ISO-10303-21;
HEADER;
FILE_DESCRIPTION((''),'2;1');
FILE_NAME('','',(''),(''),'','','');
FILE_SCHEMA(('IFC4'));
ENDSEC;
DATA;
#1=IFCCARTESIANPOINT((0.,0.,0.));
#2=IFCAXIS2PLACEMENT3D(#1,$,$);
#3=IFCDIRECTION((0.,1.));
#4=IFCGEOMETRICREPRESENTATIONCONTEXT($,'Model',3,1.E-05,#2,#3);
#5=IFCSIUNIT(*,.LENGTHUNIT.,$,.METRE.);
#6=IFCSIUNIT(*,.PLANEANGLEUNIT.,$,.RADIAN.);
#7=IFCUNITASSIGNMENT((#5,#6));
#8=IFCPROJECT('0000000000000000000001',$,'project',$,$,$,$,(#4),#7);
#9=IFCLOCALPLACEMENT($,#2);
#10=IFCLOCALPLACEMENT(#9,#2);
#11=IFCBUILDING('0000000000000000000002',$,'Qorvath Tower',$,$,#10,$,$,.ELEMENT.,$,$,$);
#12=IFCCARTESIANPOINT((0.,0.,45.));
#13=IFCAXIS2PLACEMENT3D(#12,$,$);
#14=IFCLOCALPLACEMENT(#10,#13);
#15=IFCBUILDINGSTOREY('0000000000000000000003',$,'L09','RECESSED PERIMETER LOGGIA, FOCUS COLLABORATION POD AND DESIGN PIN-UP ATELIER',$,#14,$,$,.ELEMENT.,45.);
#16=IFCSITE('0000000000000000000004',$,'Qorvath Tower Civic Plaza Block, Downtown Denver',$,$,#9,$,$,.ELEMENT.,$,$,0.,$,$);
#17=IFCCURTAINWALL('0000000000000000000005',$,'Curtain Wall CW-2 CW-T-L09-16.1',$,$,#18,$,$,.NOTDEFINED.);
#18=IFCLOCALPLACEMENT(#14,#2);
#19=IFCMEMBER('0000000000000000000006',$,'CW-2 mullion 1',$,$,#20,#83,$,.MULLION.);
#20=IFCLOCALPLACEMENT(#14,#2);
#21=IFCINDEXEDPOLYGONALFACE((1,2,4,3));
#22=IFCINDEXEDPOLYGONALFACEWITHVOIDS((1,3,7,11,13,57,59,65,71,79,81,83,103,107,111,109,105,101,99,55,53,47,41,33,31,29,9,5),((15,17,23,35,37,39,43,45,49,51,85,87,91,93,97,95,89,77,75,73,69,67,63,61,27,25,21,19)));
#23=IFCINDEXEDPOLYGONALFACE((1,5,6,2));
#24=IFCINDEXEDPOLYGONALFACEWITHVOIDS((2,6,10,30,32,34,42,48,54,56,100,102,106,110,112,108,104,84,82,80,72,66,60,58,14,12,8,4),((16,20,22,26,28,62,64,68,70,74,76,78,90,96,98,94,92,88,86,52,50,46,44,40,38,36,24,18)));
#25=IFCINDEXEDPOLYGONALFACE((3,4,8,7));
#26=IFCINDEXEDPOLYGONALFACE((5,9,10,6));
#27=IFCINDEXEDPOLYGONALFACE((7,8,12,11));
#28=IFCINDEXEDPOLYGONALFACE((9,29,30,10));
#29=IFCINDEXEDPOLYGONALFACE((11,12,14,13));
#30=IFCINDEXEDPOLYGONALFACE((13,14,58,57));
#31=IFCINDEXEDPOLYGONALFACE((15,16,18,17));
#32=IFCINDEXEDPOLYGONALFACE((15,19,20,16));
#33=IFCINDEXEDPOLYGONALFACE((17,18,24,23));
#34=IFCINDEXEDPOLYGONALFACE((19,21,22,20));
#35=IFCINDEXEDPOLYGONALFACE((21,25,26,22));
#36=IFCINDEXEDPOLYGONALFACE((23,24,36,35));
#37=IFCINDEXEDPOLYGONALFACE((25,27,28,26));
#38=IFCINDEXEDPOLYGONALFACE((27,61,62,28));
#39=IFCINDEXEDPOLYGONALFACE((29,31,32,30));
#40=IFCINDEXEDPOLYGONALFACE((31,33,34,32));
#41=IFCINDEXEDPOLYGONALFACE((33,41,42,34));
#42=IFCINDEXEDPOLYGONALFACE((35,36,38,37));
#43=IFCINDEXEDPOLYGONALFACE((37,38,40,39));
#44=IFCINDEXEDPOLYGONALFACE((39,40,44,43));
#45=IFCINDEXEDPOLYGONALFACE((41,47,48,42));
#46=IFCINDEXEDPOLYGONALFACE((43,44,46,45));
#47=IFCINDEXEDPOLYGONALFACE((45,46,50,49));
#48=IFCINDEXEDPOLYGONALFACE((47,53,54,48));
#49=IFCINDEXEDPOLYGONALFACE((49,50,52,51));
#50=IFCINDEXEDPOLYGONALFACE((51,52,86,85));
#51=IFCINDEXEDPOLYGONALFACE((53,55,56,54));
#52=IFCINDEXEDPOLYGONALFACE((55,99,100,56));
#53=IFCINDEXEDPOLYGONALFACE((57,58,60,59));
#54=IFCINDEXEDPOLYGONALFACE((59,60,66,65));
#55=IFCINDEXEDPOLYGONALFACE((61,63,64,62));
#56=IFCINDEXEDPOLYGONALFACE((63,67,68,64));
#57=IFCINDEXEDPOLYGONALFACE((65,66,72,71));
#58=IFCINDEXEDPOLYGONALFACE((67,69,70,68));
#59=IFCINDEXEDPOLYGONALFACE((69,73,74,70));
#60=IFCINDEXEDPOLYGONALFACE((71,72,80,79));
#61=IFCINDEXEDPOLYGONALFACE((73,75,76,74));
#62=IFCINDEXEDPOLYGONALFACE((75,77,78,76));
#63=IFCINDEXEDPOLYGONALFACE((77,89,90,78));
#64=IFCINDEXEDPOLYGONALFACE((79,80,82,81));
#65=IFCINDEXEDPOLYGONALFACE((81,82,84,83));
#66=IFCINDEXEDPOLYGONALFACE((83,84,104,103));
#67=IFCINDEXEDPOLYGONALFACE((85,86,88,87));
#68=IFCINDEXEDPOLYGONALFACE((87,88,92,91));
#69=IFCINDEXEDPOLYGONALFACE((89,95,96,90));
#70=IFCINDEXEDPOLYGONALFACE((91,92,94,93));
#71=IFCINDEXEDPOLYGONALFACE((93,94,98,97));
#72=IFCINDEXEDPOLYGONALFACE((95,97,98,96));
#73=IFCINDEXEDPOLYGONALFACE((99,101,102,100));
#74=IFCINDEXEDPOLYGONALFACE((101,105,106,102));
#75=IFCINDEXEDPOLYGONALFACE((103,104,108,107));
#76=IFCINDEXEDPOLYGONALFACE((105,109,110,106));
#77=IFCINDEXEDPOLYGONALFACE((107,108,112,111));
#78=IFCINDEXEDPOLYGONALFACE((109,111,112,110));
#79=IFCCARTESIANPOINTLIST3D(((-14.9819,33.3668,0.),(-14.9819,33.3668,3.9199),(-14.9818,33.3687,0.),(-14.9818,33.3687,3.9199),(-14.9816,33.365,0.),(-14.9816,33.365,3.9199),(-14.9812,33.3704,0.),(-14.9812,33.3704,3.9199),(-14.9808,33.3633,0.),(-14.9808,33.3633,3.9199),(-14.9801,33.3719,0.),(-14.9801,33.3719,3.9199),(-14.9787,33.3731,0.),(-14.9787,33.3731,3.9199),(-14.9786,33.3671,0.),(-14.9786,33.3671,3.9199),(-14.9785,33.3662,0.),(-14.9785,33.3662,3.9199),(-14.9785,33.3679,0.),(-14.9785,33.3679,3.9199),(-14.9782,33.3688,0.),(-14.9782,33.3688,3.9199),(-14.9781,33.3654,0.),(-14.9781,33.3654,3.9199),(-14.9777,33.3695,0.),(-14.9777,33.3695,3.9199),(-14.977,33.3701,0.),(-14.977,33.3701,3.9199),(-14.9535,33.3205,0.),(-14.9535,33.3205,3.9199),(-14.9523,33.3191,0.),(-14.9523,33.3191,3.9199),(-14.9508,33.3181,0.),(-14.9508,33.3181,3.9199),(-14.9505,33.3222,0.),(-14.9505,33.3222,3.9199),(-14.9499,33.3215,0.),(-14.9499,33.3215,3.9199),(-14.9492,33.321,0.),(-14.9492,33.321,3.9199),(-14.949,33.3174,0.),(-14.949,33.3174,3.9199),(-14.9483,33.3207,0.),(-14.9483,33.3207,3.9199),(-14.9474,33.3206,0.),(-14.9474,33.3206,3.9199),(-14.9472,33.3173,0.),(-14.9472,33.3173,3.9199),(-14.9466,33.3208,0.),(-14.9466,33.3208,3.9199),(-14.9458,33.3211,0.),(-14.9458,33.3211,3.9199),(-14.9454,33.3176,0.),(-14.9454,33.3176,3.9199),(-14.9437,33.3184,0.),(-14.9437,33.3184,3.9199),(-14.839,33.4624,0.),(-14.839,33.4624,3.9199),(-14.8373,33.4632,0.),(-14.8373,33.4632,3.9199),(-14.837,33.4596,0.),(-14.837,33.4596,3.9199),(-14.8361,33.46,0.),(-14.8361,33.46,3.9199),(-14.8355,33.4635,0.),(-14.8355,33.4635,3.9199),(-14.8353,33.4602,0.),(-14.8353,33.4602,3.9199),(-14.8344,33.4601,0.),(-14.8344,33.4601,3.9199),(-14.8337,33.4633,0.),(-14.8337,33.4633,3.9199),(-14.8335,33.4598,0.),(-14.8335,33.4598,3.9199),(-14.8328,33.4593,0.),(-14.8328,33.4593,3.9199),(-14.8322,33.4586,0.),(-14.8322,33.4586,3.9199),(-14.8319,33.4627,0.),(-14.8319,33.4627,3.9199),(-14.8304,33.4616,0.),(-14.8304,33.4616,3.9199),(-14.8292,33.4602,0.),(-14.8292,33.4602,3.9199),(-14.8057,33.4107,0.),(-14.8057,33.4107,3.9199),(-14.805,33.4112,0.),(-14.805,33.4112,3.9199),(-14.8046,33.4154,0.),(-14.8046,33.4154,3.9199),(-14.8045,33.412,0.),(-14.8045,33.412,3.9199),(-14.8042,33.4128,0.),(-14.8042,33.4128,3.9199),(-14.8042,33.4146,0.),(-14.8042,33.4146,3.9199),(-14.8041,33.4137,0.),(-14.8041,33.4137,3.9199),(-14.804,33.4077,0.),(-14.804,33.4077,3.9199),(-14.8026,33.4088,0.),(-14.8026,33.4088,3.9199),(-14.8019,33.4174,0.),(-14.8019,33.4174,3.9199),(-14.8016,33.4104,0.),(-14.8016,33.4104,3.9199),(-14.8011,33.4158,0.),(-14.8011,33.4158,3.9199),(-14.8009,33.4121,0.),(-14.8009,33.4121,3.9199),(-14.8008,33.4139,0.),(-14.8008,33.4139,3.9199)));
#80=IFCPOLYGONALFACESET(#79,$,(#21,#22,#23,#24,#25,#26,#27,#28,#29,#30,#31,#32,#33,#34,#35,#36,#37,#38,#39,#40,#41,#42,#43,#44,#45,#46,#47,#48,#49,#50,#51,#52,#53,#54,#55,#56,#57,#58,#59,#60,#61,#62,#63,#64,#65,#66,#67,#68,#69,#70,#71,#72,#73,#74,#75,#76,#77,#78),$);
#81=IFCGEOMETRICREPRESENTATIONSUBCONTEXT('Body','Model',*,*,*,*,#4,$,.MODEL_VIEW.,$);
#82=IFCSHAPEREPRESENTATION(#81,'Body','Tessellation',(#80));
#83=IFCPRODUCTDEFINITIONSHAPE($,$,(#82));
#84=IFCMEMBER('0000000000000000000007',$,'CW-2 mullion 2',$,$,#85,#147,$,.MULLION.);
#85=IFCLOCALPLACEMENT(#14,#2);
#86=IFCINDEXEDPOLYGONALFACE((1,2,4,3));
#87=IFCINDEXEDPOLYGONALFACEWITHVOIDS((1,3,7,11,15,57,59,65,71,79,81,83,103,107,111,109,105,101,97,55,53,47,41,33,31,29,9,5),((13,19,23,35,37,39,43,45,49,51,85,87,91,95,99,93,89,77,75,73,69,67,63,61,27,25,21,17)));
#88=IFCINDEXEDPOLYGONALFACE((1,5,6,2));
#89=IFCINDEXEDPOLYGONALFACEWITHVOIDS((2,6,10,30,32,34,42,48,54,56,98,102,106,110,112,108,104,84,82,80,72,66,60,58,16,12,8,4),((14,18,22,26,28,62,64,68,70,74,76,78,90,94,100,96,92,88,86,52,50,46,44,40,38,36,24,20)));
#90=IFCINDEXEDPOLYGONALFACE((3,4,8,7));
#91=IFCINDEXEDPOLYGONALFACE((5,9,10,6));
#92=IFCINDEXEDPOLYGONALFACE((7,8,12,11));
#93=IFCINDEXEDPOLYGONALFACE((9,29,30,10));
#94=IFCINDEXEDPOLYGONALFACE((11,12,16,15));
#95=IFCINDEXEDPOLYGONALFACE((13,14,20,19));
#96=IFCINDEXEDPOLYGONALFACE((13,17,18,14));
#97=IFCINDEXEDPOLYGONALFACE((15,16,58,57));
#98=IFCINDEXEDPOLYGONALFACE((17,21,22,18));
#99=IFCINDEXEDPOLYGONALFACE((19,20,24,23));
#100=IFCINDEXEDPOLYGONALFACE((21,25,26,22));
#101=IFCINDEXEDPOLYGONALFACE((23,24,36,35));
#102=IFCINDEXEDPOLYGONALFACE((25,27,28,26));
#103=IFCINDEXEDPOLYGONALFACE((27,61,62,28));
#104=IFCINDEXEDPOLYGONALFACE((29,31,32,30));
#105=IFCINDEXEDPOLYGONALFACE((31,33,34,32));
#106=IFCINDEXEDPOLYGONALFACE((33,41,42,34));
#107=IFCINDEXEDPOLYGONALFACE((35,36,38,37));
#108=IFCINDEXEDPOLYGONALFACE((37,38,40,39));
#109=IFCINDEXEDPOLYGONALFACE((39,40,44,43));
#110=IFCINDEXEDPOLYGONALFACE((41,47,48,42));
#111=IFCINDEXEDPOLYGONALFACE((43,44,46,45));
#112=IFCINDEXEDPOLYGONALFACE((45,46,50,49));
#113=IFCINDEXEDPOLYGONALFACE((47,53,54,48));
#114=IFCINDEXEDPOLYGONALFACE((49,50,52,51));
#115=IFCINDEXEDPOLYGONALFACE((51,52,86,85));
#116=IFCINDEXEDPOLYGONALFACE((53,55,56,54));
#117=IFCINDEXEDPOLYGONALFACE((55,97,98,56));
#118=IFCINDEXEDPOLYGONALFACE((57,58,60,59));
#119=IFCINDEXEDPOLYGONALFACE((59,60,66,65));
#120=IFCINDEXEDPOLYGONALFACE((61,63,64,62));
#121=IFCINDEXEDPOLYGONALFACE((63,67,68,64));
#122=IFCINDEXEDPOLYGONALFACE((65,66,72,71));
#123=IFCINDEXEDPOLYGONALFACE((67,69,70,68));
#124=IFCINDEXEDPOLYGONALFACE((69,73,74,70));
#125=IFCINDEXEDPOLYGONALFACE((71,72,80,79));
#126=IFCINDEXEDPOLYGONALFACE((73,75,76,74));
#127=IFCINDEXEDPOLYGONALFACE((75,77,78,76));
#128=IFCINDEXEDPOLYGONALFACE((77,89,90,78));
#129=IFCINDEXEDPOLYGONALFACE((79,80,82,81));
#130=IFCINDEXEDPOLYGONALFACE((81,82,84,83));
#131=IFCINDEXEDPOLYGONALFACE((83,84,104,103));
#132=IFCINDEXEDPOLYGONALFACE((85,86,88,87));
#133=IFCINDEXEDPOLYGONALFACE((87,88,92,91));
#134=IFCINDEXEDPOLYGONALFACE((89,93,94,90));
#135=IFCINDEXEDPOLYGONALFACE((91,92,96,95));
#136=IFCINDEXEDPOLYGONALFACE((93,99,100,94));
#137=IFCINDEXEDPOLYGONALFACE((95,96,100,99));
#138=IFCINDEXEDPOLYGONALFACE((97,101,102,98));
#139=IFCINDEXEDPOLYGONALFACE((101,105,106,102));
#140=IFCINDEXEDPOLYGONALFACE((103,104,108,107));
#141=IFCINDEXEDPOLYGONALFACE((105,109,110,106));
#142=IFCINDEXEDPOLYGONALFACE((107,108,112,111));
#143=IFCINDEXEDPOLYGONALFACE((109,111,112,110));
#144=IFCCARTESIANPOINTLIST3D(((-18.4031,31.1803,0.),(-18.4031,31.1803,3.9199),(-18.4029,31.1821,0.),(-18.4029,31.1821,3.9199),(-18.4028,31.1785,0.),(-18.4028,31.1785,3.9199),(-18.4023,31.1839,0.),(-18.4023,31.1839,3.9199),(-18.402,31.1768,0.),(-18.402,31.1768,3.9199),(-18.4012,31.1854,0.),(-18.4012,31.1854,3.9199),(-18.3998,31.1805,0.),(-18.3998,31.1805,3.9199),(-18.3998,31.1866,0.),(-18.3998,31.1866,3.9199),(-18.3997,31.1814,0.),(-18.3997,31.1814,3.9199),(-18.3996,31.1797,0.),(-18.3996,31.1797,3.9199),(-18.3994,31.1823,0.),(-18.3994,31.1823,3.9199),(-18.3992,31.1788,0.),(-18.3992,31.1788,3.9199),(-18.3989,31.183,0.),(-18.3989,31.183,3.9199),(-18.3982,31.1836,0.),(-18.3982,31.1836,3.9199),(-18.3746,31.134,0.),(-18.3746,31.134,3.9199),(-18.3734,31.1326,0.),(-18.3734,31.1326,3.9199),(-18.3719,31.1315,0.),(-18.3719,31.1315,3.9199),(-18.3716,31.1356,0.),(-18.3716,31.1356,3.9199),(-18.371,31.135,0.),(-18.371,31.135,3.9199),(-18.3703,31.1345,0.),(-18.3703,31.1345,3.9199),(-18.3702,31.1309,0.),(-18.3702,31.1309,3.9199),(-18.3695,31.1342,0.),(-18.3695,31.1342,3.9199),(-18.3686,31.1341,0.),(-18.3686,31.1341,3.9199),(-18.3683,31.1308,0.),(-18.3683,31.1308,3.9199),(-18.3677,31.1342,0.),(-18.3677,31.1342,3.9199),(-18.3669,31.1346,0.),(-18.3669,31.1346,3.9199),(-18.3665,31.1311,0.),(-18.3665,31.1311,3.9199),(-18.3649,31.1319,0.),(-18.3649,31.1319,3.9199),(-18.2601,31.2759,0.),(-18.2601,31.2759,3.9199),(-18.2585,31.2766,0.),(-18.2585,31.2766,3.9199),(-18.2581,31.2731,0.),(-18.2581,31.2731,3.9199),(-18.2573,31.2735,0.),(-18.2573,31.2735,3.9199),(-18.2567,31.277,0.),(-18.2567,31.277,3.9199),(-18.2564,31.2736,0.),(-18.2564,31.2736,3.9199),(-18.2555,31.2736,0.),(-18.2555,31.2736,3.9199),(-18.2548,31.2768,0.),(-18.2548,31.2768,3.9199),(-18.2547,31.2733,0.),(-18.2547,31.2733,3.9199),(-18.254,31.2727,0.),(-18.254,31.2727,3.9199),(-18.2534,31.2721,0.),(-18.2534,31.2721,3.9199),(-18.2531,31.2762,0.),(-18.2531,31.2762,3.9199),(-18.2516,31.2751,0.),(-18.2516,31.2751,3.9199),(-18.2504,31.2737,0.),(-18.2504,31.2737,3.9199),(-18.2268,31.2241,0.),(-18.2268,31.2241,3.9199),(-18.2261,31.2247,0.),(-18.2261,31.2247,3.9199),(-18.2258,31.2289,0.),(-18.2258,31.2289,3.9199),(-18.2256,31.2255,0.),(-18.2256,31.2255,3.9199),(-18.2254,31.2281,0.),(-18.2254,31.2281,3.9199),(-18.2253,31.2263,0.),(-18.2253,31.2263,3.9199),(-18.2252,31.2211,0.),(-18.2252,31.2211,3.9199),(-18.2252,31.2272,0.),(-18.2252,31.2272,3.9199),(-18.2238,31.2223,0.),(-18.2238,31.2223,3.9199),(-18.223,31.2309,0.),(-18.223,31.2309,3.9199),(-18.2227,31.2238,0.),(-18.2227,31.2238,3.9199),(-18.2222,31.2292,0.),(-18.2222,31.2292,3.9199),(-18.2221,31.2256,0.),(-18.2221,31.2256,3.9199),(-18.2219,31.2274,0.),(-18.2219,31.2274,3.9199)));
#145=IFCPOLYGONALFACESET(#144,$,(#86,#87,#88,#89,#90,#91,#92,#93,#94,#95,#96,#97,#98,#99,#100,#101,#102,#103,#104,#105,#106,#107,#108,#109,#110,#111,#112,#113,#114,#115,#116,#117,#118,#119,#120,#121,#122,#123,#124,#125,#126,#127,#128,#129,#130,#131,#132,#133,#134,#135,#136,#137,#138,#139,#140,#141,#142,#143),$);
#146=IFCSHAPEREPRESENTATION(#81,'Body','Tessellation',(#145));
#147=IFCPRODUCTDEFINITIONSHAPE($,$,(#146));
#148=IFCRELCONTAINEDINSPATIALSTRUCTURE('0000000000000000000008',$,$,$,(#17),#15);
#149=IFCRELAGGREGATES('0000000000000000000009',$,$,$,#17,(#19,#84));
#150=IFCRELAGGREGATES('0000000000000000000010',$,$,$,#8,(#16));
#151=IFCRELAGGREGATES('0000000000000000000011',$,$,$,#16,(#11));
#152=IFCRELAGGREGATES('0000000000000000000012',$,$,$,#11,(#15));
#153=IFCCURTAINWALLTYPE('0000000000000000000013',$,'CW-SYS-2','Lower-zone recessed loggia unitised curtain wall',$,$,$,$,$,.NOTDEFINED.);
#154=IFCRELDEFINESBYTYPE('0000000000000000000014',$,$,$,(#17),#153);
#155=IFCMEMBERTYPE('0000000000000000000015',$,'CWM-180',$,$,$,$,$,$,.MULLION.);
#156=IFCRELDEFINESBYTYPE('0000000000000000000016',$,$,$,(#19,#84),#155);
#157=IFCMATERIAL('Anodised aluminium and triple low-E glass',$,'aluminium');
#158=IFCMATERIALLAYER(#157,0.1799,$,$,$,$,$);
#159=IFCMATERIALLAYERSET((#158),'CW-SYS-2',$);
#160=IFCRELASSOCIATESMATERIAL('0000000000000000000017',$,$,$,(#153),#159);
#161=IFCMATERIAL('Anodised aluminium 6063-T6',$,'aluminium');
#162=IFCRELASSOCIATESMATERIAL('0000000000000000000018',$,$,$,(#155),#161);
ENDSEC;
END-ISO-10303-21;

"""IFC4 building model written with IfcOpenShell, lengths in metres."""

from ifc_helpers import new_model, si_unit, direction, frame, origin, origin_2d, place, context, subcontext, project, spatial, hollow_rectangle, extrude, material, layer, layer_set, material_profile, profile_set, type_object, element, aggregate, save


model = new_model("IFC4")

# Units and contexts
model_context = context("Model", 3, precision=1e-05, world=origin(), true_north=direction((0.0, 1.0)))
body_context = subcontext(model_context, "Body", "Model", "MODEL_VIEW")
ifc_project = project(units=[si_unit("LENGTHUNIT", "METRE"), si_unit("PLANEANGLEUNIT", "RADIAN")], contexts=[model_context])

# Site, building, storey
site_placement = place(None, origin())
site = spatial("IfcSite", under=ifc_project, at=site_placement, Name="Qorvath Tower Civic Plaza Block, Downtown Denver", CompositionType="ELEMENT", RefElevation=0.0)
building_placement = place(site_placement, origin())
building = spatial("IfcBuilding", under=site, at=building_placement, Name="Qorvath Tower", CompositionType="ELEMENT")
storey_placement = place(building_placement, frame((0.0, 0.0, 45.0)))
storey = spatial("IfcBuildingStorey", under=building, at=storey_placement, Name="L09", Description="RECESSED PERIMETER LOGGIA, FOCUS COLLABORATION POD AND DESIGN PIN-UP ATELIER", CompositionType="ELEMENT", Elevation=45.0)

# Shared definitions
ifc_material_1 = material(Name="Anodised aluminium and triple low-E glass", Category="aluminium")
ifc_layer_1 = layer(ifc_material_1, 0.1799)
ifc_layer_set_1 = layer_set([ifc_layer_1], Name="CW-SYS-2")
curtain_wall_type = type_object("IfcCurtainWallType", Name="CW-SYS-2", Description="Lower-zone recessed loggia unitised curtain wall", PredefinedType="NOTDEFINED", material=ifc_layer_set_1)
ifc_material_2 = material(Name="Anodised aluminium 6063-T6", Category="aluminium")
ifc_material_profile_1 = material_profile(ifc_material_2, hollow_rectangle(XDim=0.0649, YDim=0.1799, WallThickness=0.0034, InnerFilletRadius=0.0034, OuterFilletRadius=0.0071, at=origin_2d()), Name="CWM 180x65")
ifc_profile_set_1 = profile_set([ifc_material_profile_1], Name="Anodised aluminium 6063-T6")
member_type_1 = type_object("IfcMemberType", Name="CWM-180", PredefinedType="MULLION", material=ifc_profile_set_1)

# Curtain wall, members
curtain_wall_1_placement = place(storey_placement, origin())
curtain_wall_1 = element("IfcCurtainWall", 1, at=curtain_wall_1_placement, inside=storey, type_object=curtain_wall_type, Name="Curtain Wall CW-2 CW-T-L09-16.1", PredefinedType="NOTDEFINED")
member_1_placement = place(storey_placement, frame((-14.8914, 33.3904, 0.0), z_axis=(0.0, 0.0, 1.0), x_axis=(0.538533, -0.842604, 0.0)))
member_1 = element("IfcMember", 2, at=member_1_placement, type_object=member_type_1, Name="CW-2 mullion 1", PredefinedType="MULLION", context=body_context, shape_type="SweptSolid", body=[
    extrude(hollow_rectangle(XDim=0.0649, YDim=0.1799, WallThickness=0.0034, InnerFilletRadius=0.0034, OuterFilletRadius=0.0071, at=origin_2d()), origin(), (0.0, 0.0, 1.0), 3.9199),
])
member_2_placement = place(storey_placement, frame((-18.3125, 31.2039, 0.0), z_axis=(0.0, 0.0, 1.0), x_axis=(0.538533, -0.842604, 0.0)))
member_2 = element("IfcMember", 3, at=member_2_placement, type_object=member_type_1, Name="CW-2 mullion 2", PredefinedType="MULLION", context=body_context, shape_type="SweptSolid", body=[
    extrude(hollow_rectangle(XDim=0.0649, YDim=0.1799, WallThickness=0.0034, InnerFilletRadius=0.0034, OuterFilletRadius=0.0071, at=origin_2d()), origin(), (0.0, 0.0, 1.0), 3.9199),
])

aggregate(curtain_wall_1, [member_1, member_2])

save(model, "model.ifc")
